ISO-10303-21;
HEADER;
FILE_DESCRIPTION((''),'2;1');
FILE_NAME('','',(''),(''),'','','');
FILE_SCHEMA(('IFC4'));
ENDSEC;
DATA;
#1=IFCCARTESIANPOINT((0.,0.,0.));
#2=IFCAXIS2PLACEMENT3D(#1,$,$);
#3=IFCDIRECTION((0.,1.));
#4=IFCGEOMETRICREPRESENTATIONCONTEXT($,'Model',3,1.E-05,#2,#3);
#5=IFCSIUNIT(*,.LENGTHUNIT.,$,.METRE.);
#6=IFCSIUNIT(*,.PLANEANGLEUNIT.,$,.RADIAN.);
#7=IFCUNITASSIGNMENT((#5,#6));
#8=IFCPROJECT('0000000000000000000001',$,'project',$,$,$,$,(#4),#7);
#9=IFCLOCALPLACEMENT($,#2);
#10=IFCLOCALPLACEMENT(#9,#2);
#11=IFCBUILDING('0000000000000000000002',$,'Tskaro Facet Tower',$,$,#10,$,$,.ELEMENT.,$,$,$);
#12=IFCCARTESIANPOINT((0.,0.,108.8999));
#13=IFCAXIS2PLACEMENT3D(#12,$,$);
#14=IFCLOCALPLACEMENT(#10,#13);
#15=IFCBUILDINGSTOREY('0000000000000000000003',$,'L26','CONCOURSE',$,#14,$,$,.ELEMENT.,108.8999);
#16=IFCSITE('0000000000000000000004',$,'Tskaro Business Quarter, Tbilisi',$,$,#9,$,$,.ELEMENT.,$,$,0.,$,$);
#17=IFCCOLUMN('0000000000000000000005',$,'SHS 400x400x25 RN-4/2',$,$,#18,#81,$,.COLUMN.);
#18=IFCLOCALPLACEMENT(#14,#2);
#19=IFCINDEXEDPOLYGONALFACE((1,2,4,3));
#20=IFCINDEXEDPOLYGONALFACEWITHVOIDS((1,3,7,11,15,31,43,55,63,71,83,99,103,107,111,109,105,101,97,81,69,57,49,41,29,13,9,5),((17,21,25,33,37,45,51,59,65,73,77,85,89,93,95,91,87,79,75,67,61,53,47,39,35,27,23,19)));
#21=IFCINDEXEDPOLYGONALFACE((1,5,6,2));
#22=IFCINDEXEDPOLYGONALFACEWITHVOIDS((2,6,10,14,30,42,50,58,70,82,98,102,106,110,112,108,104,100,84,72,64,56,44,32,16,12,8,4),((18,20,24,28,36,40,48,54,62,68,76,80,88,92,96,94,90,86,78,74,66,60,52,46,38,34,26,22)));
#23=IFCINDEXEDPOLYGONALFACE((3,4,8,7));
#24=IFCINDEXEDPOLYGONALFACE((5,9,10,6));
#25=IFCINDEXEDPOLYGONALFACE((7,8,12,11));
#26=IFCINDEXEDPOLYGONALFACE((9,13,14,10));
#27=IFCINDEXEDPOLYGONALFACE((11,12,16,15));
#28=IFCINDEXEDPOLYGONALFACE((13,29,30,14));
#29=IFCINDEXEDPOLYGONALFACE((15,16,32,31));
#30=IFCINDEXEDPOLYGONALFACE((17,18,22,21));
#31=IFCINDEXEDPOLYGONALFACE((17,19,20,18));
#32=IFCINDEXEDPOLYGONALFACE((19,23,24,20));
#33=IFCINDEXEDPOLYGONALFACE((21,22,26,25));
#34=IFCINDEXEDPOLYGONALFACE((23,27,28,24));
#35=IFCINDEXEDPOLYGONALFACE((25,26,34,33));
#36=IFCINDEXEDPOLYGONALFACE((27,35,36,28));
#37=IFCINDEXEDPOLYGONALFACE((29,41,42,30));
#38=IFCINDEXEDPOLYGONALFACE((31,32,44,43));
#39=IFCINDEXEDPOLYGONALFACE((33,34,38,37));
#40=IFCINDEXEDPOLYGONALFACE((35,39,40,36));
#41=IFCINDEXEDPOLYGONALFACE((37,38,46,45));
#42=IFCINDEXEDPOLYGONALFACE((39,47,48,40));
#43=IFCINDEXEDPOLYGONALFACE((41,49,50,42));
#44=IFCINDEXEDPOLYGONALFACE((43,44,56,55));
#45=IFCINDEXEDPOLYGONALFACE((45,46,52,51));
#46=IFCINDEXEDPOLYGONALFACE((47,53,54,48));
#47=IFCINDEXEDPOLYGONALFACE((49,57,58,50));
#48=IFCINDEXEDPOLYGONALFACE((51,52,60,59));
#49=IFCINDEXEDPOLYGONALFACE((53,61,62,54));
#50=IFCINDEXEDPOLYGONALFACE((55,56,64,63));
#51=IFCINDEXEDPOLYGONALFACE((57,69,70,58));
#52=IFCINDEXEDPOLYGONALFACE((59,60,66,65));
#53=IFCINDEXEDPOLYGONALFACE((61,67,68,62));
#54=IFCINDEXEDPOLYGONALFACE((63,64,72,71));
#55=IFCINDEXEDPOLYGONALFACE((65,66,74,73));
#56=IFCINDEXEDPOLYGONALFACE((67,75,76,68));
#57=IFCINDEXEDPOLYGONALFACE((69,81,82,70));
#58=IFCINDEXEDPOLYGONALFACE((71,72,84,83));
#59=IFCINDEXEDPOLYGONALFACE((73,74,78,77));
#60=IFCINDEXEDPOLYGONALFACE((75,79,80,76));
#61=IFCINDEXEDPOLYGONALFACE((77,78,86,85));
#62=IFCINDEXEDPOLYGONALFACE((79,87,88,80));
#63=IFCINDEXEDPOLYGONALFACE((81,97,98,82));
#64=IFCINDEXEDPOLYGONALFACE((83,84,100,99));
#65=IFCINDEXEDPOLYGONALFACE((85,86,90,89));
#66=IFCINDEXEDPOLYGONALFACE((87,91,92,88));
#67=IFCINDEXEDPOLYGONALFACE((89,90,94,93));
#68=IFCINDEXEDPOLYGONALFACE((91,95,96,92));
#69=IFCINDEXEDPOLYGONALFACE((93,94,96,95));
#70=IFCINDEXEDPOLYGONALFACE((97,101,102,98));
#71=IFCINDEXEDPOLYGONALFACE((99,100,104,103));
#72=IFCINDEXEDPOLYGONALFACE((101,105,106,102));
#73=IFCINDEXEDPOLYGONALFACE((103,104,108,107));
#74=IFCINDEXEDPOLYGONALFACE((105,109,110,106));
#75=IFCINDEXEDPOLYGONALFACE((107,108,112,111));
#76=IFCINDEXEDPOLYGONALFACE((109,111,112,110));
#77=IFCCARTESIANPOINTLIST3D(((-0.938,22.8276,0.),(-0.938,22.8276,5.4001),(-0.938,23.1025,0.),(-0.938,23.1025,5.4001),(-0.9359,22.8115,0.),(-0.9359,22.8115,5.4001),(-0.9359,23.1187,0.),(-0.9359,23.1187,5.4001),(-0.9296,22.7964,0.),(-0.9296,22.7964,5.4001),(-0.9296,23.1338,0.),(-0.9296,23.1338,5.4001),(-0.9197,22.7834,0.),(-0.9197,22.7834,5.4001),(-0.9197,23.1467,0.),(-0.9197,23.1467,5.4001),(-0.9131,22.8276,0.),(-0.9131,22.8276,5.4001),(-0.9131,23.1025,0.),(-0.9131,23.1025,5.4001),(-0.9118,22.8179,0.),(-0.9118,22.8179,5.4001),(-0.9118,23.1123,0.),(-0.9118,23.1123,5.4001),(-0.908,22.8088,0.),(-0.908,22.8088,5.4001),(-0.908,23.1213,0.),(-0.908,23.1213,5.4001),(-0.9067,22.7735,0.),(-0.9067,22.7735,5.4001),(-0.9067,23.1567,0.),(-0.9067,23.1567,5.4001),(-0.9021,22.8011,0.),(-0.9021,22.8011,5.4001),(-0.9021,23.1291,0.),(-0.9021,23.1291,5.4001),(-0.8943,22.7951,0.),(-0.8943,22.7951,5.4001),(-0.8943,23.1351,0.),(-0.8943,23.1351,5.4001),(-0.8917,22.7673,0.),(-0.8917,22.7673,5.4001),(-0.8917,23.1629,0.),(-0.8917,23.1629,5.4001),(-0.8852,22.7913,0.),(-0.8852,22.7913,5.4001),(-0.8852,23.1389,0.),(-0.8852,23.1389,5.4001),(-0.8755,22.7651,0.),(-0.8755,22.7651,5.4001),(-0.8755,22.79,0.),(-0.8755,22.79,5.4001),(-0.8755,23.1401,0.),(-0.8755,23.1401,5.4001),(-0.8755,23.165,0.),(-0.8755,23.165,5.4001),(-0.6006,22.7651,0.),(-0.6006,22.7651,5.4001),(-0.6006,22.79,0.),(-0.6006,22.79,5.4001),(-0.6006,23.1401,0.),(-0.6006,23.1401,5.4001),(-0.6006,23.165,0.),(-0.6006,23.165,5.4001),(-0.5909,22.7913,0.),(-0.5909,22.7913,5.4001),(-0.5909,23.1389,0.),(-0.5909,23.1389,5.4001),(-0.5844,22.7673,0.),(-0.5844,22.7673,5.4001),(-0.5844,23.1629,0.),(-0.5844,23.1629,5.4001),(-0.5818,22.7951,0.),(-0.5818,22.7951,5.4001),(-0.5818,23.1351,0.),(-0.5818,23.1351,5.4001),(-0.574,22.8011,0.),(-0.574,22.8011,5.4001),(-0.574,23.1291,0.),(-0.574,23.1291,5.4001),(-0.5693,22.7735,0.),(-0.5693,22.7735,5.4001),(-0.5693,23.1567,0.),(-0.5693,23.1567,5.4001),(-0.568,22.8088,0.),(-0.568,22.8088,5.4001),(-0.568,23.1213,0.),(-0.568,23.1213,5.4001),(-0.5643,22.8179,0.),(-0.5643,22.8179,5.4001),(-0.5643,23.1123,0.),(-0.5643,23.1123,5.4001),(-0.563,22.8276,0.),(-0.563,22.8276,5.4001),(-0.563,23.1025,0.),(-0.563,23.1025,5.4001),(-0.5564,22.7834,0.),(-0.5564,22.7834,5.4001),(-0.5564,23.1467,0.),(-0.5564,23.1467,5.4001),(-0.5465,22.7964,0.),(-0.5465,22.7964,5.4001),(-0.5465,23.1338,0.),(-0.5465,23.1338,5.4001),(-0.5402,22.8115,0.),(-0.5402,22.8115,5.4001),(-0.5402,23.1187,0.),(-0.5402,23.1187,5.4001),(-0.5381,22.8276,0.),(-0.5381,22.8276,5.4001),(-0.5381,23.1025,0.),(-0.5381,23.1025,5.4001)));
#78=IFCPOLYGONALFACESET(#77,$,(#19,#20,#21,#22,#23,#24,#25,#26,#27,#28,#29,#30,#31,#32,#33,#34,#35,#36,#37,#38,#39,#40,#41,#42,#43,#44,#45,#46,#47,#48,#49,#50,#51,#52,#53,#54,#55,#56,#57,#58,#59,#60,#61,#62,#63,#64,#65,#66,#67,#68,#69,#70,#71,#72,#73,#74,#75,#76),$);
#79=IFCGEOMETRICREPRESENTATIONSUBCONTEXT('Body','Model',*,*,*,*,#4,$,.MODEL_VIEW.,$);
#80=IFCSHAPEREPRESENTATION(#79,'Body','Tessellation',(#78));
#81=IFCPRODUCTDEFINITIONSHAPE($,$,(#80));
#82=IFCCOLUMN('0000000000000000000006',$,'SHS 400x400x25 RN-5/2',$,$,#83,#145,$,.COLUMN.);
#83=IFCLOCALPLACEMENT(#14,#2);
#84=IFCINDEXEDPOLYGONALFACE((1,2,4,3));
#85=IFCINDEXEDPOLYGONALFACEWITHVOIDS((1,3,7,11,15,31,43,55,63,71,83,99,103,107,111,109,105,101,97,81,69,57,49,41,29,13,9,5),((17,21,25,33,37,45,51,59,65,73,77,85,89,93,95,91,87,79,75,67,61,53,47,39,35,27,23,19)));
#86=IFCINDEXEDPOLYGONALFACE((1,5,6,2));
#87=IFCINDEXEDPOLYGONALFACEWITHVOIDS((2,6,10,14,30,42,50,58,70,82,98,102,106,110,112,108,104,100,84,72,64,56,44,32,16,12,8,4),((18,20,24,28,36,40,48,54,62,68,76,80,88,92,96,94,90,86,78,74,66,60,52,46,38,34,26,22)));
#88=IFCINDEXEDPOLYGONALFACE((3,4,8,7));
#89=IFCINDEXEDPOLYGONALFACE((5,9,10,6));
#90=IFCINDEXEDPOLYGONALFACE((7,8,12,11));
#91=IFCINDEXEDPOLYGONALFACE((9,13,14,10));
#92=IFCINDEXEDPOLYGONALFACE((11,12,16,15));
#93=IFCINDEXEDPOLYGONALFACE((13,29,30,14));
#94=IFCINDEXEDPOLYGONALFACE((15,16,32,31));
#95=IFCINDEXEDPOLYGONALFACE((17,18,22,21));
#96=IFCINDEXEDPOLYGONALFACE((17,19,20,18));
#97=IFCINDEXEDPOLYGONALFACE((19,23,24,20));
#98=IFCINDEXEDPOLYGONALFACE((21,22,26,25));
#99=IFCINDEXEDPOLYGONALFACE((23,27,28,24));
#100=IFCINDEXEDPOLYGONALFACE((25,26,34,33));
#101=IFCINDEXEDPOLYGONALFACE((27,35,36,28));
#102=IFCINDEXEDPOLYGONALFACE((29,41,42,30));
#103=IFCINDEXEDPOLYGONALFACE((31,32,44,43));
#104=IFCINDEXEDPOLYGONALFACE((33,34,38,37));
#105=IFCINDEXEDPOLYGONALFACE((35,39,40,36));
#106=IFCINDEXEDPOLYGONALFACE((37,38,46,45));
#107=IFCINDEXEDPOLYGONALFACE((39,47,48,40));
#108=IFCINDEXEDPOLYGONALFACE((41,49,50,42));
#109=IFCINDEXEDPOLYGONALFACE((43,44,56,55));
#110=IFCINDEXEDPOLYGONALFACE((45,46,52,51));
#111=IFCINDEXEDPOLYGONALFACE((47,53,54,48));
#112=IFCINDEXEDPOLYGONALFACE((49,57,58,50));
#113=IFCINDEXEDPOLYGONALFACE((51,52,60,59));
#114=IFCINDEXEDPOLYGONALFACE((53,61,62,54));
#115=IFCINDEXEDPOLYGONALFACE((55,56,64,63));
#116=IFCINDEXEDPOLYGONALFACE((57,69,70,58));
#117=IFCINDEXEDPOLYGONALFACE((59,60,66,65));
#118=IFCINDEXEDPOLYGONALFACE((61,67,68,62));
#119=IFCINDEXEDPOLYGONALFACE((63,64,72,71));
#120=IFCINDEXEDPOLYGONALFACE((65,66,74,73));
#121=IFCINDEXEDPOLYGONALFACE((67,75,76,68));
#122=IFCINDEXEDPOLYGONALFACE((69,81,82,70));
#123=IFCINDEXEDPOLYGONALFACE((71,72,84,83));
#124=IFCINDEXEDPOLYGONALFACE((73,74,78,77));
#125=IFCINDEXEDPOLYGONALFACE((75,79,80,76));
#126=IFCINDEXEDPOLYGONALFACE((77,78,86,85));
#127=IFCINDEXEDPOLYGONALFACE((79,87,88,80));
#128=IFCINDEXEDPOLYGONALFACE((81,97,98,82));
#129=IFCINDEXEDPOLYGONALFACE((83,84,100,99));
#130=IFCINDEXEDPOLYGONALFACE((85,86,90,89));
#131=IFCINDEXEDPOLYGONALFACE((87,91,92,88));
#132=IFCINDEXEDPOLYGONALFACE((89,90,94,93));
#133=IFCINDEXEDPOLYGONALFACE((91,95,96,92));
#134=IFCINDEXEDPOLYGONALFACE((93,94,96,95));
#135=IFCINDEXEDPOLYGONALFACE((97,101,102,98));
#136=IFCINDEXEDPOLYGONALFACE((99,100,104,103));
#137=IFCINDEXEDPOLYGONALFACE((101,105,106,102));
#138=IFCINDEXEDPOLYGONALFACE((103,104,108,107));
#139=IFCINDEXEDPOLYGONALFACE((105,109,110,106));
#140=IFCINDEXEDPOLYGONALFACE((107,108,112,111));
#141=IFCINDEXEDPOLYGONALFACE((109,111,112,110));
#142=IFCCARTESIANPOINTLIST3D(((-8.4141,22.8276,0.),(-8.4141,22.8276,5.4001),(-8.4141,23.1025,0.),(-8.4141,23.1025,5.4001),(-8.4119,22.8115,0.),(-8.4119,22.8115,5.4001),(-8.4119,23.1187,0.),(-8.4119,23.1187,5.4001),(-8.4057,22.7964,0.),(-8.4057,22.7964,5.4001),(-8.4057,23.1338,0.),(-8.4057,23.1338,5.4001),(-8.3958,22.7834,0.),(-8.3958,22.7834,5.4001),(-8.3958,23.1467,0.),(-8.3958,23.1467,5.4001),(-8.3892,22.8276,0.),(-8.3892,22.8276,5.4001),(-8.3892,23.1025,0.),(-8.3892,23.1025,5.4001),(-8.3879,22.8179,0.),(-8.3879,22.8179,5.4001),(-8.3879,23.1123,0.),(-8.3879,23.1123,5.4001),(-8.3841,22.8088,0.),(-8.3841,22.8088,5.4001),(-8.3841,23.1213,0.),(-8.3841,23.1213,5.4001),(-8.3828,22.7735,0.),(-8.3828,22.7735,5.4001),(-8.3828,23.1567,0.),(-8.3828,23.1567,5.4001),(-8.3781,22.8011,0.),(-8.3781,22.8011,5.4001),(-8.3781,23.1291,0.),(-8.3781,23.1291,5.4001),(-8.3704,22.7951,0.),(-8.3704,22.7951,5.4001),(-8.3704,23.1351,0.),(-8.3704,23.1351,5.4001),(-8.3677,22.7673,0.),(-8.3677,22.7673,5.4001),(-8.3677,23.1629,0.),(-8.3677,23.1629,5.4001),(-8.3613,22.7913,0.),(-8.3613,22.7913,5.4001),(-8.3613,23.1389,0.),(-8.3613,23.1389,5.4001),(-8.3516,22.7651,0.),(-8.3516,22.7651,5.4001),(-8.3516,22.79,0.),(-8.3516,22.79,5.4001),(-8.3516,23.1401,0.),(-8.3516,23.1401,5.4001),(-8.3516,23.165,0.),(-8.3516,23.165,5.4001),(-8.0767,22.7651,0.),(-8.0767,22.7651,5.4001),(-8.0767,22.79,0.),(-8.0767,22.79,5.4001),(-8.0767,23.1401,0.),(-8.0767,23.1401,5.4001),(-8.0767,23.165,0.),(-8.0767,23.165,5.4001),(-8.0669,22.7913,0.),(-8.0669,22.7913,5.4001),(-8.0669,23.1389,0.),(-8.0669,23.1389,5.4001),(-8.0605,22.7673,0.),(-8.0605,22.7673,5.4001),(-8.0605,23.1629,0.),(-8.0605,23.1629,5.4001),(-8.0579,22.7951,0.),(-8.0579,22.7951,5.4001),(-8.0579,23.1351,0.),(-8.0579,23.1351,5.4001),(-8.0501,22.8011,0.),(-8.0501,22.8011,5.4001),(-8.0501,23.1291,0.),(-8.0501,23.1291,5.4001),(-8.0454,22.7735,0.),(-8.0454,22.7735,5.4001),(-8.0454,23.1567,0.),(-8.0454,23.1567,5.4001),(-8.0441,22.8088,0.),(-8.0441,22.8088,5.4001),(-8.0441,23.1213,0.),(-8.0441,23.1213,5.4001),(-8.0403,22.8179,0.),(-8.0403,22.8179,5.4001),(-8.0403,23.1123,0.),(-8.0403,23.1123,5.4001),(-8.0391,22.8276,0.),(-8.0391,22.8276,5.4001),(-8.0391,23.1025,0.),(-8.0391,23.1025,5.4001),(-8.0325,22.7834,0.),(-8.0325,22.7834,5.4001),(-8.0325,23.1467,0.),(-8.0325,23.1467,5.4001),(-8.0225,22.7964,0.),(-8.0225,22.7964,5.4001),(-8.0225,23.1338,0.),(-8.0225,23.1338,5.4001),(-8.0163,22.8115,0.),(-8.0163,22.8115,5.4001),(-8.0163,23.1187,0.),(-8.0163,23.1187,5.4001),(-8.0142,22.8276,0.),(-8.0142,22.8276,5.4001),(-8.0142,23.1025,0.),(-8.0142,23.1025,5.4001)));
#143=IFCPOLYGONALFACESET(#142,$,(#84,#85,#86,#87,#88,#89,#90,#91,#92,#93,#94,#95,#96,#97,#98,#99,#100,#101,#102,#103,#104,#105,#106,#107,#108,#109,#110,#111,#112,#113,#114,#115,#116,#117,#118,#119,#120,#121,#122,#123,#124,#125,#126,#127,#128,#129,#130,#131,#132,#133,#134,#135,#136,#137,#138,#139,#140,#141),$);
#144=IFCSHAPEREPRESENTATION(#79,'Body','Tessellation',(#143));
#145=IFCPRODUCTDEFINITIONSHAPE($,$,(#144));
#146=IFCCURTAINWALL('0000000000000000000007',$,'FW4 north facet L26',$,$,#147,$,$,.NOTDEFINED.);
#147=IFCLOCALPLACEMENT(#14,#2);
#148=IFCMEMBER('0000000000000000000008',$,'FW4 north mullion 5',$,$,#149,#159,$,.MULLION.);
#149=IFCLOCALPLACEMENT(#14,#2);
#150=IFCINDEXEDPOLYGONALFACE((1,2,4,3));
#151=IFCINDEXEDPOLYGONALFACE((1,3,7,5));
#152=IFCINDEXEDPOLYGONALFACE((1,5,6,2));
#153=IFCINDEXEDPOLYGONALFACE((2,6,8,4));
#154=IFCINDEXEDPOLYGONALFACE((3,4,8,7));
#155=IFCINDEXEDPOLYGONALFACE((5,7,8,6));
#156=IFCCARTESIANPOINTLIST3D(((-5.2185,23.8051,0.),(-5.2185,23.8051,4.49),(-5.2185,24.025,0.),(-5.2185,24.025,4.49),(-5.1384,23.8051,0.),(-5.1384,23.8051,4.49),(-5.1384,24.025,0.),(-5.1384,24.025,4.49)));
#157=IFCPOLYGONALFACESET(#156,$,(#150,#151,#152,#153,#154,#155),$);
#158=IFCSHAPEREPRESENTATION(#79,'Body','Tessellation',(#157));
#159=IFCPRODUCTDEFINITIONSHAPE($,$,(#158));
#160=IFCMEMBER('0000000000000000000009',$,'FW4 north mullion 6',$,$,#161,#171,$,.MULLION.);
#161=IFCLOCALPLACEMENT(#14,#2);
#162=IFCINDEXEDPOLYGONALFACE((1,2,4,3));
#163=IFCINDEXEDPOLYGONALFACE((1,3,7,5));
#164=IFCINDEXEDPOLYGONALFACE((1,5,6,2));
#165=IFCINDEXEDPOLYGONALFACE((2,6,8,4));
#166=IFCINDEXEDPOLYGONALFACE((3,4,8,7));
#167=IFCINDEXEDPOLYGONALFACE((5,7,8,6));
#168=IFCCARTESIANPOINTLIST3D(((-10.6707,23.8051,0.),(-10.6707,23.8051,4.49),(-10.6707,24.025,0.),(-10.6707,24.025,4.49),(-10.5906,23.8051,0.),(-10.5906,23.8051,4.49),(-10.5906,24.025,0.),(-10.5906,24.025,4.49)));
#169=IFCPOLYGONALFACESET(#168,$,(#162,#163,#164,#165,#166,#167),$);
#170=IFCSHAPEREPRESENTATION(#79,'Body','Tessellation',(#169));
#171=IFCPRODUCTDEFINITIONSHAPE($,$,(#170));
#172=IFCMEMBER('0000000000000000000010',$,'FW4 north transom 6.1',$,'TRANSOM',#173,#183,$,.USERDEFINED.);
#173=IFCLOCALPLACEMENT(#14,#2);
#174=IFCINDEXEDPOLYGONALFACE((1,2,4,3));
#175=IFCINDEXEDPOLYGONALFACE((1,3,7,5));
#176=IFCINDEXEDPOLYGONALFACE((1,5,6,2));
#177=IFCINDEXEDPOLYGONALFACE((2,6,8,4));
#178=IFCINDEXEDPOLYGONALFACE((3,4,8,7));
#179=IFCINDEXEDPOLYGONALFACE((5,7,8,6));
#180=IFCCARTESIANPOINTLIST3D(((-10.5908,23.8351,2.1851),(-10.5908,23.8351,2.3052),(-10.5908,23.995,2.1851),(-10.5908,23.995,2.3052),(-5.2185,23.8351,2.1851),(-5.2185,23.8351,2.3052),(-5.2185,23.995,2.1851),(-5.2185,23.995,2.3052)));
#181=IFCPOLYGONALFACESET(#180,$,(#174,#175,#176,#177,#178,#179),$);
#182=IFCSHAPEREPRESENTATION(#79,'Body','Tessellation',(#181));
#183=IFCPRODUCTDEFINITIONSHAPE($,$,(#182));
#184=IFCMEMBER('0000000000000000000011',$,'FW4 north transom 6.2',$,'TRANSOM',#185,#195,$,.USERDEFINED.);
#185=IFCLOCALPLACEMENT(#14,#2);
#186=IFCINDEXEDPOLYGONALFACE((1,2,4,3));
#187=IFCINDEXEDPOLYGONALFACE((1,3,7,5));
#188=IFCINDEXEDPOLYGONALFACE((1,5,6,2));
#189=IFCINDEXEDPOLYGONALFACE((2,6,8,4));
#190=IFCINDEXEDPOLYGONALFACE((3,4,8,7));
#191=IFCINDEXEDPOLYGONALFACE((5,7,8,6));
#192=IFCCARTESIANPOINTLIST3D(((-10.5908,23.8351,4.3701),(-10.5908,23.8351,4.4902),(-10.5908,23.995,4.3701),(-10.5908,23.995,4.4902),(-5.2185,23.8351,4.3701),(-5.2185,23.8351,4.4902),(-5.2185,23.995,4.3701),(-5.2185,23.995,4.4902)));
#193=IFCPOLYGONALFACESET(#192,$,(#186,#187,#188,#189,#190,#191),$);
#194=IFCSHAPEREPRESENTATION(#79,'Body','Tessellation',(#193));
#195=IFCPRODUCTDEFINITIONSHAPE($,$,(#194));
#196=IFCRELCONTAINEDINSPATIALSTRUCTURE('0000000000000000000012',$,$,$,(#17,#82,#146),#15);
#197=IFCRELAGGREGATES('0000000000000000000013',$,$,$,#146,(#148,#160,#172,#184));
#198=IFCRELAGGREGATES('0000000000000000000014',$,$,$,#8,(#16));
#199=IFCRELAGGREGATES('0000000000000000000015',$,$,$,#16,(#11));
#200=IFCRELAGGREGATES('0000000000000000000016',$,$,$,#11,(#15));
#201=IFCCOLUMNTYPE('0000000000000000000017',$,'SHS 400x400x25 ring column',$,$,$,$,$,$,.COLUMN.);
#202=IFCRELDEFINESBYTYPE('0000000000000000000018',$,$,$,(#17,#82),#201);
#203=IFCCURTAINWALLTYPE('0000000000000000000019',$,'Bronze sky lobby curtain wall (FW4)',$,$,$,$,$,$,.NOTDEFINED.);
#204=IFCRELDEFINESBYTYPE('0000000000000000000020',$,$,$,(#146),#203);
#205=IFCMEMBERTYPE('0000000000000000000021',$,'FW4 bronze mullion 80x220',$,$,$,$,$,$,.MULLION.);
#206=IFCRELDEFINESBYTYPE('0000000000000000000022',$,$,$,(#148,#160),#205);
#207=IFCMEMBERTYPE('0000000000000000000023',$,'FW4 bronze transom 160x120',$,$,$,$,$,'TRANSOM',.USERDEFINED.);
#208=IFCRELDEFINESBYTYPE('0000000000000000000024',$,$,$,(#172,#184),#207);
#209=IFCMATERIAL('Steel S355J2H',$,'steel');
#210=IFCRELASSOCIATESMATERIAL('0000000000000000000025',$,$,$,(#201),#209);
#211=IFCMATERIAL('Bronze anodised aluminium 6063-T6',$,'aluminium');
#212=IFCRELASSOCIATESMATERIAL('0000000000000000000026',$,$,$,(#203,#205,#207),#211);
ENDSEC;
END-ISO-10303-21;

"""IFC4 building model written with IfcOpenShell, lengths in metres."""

from ifc_helpers import new_model, si_unit, direction, frame, origin, origin_2d, place, context, subcontext, project, spatial, rectangle, hollow_rectangle, extrude, material, material_profile, profile_set, type_object, element, aggregate, save


model = new_model("IFC4")

# Units and contexts
model_context = context("Model", 3, precision=1e-05, world=origin(), true_north=direction((0.0, 1.0)))
body_context = subcontext(model_context, "Body", "Model", "MODEL_VIEW")
ifc_project = project(units=[si_unit("LENGTHUNIT", "METRE"), si_unit("PLANEANGLEUNIT", "RADIAN")], contexts=[model_context])

# Site, building, storey
site_placement = place(None, origin())
site = spatial("IfcSite", under=ifc_project, at=site_placement, Name="Tskaro Business Quarter, Tbilisi", CompositionType="ELEMENT", RefElevation=0.0)
building_placement = place(site_placement, origin())
building = spatial("IfcBuilding", under=site, at=building_placement, Name="Tskaro Facet Tower", CompositionType="ELEMENT")
storey_placement = place(building_placement, frame((0.0, 0.0, 108.8999)))
storey = spatial("IfcBuildingStorey", under=building, at=storey_placement, Name="L26", Description="CONCOURSE", CompositionType="ELEMENT", Elevation=108.8999)

# Columns
ifc_material_1 = material(Name="Steel S355J2H", Category="steel")
ifc_material_profile_1 = material_profile(ifc_material_1, hollow_rectangle(XDim=0.3999, YDim=0.3999, WallThickness=0.0249, InnerFilletRadius=0.0376, OuterFilletRadius=0.0625, at=origin_2d()), Name="SHS 400x400x25")
ifc_profile_set_1 = profile_set([ifc_material_profile_1], Name="Steel S355J2H")
column_type_1 = type_object("IfcColumnType", Name="SHS 400x400x25 ring column", PredefinedType="COLUMN", material=ifc_profile_set_1)
for number, where, z_axis, x_axis, name in (
    (1, (-0.738, 22.9651, 0.0), (0.0, 0.0, 1.0), (1.0, 0.0, 0.0), "SHS 400x400x25 RN-4/2"),
    (2, (-8.2141, 22.9651, 0.0), (0.0, 0.0, 1.0), (1.0, 0.0, 0.0), "SHS 400x400x25 RN-5/2"),
):
    element("IfcColumn", number, at=place(storey_placement, frame(where, z_axis=z_axis, x_axis=x_axis)), inside=storey, type_object=column_type_1, Name=name, PredefinedType="COLUMN", context=body_context, shape_type="SweptSolid", body=[
        extrude(hollow_rectangle(XDim=0.3999, YDim=0.3999, WallThickness=0.0249, InnerFilletRadius=0.0376, OuterFilletRadius=0.0625, at=origin_2d()), origin(), (0.0, 0.0, 1.0), 5.4001),
    ])

# Curtain wall, members
ifc_material_2 = material(Name="Bronze anodised aluminium 6063-T6", Category="aluminium")
curtain_wall_type = type_object("IfcCurtainWallType", Name="Bronze sky lobby curtain wall (FW4)", PredefinedType="NOTDEFINED", material=ifc_material_2)
curtain_wall_placement = place(storey_placement, origin())
curtain_wall = element("IfcCurtainWall", 3, at=curtain_wall_placement, inside=storey, type_object=curtain_wall_type, Name="FW4 north facet L26", PredefinedType="NOTDEFINED")
ifc_material_profile_2 = material_profile(ifc_material_2, rectangle(XDim=0.0801, YDim=0.22, at=origin_2d()), Name="Mullion 80x220")
ifc_profile_set_2 = profile_set([ifc_material_profile_2], Name="Bronze anodised aluminium 6063-T6")
member_type_1 = type_object("IfcMemberType", Name="FW4 bronze mullion 80x220", PredefinedType="MULLION", material=ifc_profile_set_2)
member_1_placement = place(storey_placement, frame((-5.1785, 23.915, 0.0), z_axis=(0.0, 0.0, 1.0), x_axis=(-1.0, 0.0, 0.0)))
member_1 = element("IfcMember", 4, at=member_1_placement, type_object=member_type_1, Name="FW4 north mullion 5", PredefinedType="MULLION", context=body_context, shape_type="SweptSolid", body=[
    extrude(rectangle(XDim=0.0801, YDim=0.22, at=origin_2d()), origin(), (0.0, 0.0, 1.0), 4.49),
])
member_2_placement = place(storey_placement, frame((-10.6306, 23.915, 0.0), z_axis=(0.0, 0.0, 1.0), x_axis=(-1.0, 0.0, 0.0)))
member_2 = element("IfcMember", 5, at=member_2_placement, type_object=member_type_1, Name="FW4 north mullion 6", PredefinedType="MULLION", context=body_context, shape_type="SweptSolid", body=[
    extrude(rectangle(XDim=0.0801, YDim=0.22, at=origin_2d()), origin(), (0.0, 0.0, 1.0), 4.49),
])
ifc_material_profile_3 = material_profile(ifc_material_2, rectangle(XDim=0.1599, YDim=0.1201, at=origin_2d()), Name="Transom 160x120")
ifc_profile_set_3 = profile_set([ifc_material_profile_3], Name="Bronze anodised aluminium 6063-T6")
member_type_2 = type_object("IfcMemberType", Name="FW4 bronze transom 160x120", ElementType="TRANSOM", PredefinedType="USERDEFINED", material=ifc_profile_set_3)
member_3_placement = place(storey_placement, frame((-5.2185, 23.915, 2.2451), z_axis=(-1.0, 0.0, 0.0), x_axis=(0.0, -1.0, 0.0)))
member_3 = element("IfcMember", 6, at=member_3_placement, type_object=member_type_2, Name="FW4 north transom 6.1", ObjectType="TRANSOM", PredefinedType="USERDEFINED", context=body_context, shape_type="SweptSolid", body=[
    extrude(rectangle(XDim=0.1599, YDim=0.1201, at=origin_2d()), origin(), (0.0, 0.0, 1.0), 5.3723),
])
member_4_placement = place(storey_placement, frame((-5.2185, 23.915, 4.4302), z_axis=(-1.0, 0.0, 0.0), x_axis=(0.0, -1.0, 0.0)))
member_4 = element("IfcMember", 7, at=member_4_placement, type_object=member_type_2, Name="FW4 north transom 6.2", ObjectType="TRANSOM", PredefinedType="USERDEFINED", context=body_context, shape_type="SweptSolid", body=[
    extrude(rectangle(XDim=0.1599, YDim=0.1201, at=origin_2d()), origin(), (0.0, 0.0, 1.0), 5.3723),
])

aggregate(curtain_wall, [member_1, member_2, member_3, member_4])

save(model, "model.ifc")
